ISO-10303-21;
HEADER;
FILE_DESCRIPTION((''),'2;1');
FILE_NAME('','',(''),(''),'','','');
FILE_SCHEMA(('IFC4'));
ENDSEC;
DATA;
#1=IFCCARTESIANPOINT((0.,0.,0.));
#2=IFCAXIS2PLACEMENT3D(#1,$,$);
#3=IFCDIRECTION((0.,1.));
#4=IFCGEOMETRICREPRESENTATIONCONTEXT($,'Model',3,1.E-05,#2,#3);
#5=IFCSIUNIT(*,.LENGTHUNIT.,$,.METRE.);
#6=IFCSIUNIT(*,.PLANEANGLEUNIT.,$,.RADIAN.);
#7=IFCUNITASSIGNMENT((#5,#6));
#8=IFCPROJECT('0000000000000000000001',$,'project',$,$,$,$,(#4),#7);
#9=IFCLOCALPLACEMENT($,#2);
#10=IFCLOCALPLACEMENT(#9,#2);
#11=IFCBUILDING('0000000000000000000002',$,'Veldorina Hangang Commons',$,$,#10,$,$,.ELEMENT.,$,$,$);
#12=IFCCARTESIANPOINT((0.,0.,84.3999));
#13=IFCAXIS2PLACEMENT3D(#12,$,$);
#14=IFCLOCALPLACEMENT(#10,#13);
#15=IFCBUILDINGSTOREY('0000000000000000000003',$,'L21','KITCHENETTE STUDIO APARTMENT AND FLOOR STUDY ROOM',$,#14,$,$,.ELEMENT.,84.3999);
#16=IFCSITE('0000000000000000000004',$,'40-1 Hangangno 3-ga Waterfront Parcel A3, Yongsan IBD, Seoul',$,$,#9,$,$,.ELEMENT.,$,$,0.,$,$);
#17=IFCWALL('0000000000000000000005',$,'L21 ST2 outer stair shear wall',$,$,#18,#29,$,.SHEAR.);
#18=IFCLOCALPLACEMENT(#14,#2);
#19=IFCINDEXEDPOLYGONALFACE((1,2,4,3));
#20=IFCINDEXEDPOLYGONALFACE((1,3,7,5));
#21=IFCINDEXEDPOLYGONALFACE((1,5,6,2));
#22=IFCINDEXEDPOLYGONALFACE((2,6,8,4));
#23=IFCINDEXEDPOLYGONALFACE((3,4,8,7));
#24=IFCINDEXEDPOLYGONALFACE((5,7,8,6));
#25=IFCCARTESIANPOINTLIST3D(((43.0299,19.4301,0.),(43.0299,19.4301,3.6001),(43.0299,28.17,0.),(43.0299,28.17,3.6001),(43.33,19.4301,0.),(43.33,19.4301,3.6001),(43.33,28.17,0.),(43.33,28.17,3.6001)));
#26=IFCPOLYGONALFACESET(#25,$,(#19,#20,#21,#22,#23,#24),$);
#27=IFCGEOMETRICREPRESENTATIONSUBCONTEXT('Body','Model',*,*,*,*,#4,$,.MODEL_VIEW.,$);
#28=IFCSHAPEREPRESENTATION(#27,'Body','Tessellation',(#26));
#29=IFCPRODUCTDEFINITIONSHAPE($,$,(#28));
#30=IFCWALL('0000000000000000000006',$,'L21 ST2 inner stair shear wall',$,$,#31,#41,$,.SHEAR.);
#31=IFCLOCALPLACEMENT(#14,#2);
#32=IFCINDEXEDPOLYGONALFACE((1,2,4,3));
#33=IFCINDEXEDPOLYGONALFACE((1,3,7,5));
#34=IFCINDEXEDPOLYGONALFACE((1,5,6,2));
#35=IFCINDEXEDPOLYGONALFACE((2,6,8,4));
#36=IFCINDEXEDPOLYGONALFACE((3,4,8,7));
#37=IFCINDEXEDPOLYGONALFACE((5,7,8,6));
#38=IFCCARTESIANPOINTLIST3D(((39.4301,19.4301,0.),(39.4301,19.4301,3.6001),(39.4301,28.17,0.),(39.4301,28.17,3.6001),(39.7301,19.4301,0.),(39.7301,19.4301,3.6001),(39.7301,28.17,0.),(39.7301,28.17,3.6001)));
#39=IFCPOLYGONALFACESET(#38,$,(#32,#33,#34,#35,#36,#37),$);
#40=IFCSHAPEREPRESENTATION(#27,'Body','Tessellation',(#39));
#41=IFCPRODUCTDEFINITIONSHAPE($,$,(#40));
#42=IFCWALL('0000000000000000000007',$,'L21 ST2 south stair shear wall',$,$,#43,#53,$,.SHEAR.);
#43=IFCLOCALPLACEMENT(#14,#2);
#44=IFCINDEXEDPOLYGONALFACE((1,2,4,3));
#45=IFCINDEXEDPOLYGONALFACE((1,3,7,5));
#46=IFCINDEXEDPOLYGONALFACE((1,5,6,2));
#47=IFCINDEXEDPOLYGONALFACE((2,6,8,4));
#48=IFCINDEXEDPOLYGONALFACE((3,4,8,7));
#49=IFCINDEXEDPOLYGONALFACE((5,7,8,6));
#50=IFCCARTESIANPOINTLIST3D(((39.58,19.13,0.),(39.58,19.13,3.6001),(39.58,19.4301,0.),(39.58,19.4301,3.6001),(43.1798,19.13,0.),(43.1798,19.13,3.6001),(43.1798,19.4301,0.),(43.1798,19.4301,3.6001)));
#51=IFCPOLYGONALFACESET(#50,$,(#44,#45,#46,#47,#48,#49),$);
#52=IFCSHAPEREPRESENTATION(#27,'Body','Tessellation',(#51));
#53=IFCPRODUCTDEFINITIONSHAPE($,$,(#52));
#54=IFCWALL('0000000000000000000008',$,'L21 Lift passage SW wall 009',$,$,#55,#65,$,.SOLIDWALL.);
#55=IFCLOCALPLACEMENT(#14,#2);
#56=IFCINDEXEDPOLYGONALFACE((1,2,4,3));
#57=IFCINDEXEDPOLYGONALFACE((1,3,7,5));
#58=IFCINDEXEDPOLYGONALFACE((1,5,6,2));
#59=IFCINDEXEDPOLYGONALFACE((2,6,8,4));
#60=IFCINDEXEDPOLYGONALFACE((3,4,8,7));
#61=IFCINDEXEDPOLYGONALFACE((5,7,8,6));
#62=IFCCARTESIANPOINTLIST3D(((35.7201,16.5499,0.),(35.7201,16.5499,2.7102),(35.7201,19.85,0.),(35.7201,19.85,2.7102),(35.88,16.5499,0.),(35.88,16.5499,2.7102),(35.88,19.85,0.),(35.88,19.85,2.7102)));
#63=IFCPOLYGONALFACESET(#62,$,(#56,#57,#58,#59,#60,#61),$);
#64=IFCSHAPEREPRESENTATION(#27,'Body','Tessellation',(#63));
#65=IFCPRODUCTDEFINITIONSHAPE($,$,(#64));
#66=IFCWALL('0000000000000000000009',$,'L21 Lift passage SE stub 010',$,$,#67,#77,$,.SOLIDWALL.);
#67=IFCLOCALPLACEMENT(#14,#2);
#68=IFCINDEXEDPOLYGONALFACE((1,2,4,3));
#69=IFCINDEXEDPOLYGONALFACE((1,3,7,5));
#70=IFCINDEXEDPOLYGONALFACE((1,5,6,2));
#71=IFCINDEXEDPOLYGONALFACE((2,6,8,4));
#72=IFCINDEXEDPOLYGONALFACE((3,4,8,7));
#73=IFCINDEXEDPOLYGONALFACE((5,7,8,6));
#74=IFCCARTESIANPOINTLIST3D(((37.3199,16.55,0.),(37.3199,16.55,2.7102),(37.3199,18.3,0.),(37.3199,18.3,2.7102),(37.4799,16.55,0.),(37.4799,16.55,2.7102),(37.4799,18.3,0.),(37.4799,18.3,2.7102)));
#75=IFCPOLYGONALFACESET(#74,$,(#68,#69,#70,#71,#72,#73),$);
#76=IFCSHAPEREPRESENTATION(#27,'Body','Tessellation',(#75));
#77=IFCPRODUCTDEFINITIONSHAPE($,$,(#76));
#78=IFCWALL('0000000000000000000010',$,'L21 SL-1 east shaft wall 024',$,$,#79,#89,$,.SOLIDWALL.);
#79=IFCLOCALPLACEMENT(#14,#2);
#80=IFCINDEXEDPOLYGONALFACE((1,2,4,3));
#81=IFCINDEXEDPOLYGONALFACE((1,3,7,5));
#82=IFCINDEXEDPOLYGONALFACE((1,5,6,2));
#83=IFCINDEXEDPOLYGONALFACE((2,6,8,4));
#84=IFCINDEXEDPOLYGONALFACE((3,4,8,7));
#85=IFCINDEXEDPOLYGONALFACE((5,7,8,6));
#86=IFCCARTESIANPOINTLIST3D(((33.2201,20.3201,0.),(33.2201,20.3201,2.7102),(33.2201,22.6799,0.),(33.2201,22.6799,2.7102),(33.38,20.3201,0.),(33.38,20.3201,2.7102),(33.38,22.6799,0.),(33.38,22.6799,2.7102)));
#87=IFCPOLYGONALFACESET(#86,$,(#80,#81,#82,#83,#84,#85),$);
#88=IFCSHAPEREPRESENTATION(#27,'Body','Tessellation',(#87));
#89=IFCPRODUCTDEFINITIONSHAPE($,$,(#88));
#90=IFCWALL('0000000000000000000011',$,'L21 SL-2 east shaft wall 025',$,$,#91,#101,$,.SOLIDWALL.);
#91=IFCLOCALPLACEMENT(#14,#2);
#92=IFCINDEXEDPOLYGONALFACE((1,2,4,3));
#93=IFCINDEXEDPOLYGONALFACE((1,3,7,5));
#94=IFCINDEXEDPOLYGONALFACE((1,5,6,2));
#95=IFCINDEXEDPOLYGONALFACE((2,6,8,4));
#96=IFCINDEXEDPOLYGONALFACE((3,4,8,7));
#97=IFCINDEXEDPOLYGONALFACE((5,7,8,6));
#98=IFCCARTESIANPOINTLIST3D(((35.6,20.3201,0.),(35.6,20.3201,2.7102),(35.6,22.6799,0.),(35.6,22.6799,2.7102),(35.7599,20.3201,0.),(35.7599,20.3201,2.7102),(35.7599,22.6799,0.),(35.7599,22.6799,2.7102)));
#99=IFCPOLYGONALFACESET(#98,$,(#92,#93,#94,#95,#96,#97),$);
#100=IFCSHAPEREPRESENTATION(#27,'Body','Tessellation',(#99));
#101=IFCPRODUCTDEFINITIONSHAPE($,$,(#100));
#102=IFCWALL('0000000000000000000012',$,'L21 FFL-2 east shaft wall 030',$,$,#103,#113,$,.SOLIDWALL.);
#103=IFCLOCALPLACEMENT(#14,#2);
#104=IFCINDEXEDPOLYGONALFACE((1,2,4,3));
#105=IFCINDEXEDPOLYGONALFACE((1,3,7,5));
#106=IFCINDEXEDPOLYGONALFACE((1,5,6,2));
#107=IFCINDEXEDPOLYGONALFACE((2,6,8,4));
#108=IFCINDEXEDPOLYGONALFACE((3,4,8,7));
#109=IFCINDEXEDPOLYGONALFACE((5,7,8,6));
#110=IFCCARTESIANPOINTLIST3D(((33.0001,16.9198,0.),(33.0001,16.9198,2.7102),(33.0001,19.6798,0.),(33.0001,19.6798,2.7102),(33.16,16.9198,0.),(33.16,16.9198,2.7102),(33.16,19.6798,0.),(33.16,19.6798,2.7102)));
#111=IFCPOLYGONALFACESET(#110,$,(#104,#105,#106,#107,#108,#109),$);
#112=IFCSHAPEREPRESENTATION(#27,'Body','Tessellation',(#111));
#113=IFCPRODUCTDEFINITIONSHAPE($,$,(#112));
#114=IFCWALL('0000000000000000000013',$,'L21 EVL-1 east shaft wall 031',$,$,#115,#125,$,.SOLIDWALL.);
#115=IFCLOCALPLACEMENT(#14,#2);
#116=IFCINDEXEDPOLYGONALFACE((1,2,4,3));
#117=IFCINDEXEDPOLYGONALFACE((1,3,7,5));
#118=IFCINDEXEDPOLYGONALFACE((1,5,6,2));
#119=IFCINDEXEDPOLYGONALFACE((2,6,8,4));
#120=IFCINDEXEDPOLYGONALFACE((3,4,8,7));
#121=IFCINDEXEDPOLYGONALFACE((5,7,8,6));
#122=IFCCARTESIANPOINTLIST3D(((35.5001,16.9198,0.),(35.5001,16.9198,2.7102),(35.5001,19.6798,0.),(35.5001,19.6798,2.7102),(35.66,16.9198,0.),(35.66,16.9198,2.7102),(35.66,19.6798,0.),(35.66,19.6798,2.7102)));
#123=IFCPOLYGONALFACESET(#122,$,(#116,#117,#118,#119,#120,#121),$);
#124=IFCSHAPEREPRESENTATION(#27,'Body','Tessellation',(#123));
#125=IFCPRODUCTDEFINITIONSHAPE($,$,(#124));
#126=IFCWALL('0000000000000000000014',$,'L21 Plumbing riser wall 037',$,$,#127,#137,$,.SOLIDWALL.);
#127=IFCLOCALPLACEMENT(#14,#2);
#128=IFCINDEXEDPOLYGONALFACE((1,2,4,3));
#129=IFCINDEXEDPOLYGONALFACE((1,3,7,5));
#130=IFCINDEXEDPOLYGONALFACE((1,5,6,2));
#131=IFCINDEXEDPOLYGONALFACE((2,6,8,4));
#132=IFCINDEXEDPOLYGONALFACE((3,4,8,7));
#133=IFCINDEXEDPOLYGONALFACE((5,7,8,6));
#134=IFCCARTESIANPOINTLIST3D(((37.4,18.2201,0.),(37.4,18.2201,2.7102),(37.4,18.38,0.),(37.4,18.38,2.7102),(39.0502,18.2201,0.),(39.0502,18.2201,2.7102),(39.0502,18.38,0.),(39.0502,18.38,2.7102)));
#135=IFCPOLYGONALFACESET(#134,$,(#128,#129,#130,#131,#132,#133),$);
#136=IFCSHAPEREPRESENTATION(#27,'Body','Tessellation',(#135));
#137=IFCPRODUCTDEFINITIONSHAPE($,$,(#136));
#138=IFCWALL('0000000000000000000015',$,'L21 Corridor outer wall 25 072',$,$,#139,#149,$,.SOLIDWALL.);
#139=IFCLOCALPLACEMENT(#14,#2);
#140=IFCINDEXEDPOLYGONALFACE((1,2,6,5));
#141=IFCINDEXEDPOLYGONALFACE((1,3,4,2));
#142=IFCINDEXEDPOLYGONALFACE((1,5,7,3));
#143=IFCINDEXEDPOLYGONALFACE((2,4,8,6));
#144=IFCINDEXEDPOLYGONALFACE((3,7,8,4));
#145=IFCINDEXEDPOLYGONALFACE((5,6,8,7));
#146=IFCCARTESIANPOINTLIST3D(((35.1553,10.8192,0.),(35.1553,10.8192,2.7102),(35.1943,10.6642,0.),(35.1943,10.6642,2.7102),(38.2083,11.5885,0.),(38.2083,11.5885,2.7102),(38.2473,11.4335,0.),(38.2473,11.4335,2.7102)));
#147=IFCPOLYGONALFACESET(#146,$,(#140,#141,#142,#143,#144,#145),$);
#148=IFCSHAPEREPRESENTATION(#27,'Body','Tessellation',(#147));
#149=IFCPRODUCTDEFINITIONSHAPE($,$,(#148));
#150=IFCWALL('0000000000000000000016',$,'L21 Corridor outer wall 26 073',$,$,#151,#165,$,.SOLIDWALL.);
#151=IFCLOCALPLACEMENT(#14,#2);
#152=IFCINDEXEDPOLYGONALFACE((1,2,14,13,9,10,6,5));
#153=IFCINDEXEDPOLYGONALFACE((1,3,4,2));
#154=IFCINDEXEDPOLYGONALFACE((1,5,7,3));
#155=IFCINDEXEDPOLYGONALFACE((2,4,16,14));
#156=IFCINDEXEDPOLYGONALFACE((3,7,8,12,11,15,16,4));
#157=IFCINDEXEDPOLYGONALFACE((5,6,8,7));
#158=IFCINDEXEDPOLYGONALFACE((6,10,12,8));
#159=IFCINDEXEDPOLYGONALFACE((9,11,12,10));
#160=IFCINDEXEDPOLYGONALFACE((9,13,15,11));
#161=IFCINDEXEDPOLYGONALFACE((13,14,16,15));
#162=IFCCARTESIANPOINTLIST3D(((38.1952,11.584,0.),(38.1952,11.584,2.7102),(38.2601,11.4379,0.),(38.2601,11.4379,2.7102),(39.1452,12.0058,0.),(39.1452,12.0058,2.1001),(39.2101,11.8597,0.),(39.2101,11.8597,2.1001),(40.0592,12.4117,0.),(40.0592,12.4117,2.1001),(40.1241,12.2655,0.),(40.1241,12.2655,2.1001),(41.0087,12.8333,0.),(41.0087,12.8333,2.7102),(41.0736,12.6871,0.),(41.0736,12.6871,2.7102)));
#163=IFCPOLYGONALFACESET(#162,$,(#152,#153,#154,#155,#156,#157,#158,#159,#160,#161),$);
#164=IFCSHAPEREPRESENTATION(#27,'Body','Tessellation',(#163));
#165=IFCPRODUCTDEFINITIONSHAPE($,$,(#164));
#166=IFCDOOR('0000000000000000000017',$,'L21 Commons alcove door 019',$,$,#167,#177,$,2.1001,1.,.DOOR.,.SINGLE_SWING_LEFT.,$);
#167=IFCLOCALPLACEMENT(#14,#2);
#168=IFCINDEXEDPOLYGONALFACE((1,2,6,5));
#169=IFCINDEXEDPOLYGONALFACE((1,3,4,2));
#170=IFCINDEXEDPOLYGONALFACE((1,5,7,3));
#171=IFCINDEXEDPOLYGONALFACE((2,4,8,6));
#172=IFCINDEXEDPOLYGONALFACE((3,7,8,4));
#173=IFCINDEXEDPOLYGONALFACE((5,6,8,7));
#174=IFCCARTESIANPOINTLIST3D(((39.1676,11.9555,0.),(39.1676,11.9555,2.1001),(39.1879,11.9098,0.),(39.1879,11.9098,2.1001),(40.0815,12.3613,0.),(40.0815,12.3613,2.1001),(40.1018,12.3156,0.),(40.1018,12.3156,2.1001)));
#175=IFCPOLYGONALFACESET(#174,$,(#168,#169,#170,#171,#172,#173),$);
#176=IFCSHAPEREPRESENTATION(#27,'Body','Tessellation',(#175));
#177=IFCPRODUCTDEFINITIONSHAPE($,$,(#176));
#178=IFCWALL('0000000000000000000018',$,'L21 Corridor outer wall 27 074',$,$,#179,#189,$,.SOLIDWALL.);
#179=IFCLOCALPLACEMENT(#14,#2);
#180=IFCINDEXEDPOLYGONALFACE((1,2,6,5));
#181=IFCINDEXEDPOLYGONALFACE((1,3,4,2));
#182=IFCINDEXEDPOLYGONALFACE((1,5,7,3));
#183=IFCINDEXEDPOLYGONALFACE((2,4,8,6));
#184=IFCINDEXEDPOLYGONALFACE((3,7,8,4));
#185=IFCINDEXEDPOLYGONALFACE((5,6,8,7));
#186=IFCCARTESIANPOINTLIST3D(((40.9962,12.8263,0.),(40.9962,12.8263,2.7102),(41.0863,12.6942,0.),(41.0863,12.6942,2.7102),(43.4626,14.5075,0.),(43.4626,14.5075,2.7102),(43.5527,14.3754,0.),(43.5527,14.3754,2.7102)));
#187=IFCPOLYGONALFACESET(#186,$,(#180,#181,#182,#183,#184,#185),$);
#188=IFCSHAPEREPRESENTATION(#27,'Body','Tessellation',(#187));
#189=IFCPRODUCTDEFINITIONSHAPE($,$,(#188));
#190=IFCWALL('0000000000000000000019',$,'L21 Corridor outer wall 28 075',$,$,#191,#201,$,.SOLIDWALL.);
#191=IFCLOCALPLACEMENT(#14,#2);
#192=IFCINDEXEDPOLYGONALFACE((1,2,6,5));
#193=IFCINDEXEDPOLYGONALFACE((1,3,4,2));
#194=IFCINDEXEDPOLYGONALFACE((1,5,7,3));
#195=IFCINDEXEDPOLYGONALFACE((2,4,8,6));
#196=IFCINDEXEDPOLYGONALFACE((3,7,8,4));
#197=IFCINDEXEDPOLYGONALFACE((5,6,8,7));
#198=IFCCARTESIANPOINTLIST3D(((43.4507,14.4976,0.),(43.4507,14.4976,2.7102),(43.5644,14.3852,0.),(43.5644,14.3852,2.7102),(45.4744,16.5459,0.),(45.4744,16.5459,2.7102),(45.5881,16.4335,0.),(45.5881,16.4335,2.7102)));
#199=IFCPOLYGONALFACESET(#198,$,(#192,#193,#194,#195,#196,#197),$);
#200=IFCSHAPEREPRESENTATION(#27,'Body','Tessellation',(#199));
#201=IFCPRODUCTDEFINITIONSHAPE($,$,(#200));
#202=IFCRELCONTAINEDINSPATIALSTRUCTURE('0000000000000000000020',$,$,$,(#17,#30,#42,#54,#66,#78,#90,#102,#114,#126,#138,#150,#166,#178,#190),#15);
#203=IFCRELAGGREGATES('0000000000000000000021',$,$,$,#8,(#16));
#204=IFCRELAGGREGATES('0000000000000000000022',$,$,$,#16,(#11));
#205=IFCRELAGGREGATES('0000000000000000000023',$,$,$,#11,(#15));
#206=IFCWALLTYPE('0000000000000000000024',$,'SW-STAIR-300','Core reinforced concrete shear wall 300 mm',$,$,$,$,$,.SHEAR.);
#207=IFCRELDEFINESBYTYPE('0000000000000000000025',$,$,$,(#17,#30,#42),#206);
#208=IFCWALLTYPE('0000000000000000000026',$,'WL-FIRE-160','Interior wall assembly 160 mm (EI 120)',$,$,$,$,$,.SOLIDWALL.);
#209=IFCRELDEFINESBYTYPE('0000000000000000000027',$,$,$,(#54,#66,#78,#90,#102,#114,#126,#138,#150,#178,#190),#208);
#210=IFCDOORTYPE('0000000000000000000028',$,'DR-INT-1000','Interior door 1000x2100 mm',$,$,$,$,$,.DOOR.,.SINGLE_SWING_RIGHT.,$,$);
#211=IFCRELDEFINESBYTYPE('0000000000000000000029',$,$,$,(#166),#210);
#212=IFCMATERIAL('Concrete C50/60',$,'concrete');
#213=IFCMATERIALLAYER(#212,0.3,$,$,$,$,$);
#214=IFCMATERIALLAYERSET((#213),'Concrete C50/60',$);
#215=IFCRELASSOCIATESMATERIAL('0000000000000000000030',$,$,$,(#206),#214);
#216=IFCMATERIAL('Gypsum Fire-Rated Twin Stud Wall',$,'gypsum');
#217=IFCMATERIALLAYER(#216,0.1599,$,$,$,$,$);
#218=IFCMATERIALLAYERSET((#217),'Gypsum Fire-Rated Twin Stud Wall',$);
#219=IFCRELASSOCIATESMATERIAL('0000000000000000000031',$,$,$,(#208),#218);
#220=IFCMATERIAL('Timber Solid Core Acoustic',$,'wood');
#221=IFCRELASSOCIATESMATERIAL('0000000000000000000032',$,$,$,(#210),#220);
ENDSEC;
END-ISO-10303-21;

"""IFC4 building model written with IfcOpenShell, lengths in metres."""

from ifc_helpers import new_model, si_unit, direction, frame, frame_2d, origin, place, context, subcontext, project, spatial, rectangle, extrude, material, layer, layer_set, type_object, element, fill, save


model = new_model("IFC4")

# Units and contexts
model_context = context("Model", 3, precision=1e-05, world=origin(), true_north=direction((0.0, 1.0)))
body_context = subcontext(model_context, "Body", "Model", "MODEL_VIEW")
ifc_project = project(units=[si_unit("LENGTHUNIT", "METRE"), si_unit("PLANEANGLEUNIT", "RADIAN")], contexts=[model_context])

# Site, building, storey
site_placement = place(None, origin())
site = spatial("IfcSite", under=ifc_project, at=site_placement, Name="40-1 Hangangno 3-ga Waterfront Parcel A3, Yongsan IBD, Seoul", CompositionType="ELEMENT", RefElevation=0.0)
building_placement = place(site_placement, origin())
building = spatial("IfcBuilding", under=site, at=building_placement, Name="Veldorina Hangang Commons", CompositionType="ELEMENT")
storey_placement = place(building_placement, frame((0.0, 0.0, 84.3999)))
storey = spatial("IfcBuildingStorey", under=building, at=storey_placement, Name="L21", Description="KITCHENETTE STUDIO APARTMENT AND FLOOR STUDY ROOM", CompositionType="ELEMENT", Elevation=84.3999)

# Walls
ifc_material_1 = material(Name="Concrete C50/60", Category="concrete")
ifc_layer_1 = layer(ifc_material_1, 0.3)
ifc_layer_set_1 = layer_set([ifc_layer_1], Name="Concrete C50/60")
wall_type_1 = type_object("IfcWallType", Name="SW-STAIR-300", Description="Core reinforced concrete shear wall 300 mm", PredefinedType="SHEAR", material=ifc_layer_set_1)
for number, where, z_axis, x_axis, name in (
    (1, (43.1799, 19.4299, 0.0), (0.0, 0.0, 1.0), (0.0, 1.0, 0.0), "L21 ST2 outer stair shear wall"),
    (2, (39.5801, 19.4299, 0.0), (0.0, 0.0, 1.0), (0.0, 1.0, 0.0), "L21 ST2 inner stair shear wall"),
):
    element("IfcWall", number, at=place(storey_placement, frame(where, z_axis=z_axis, x_axis=x_axis)), inside=storey, type_object=wall_type_1, Name=name, PredefinedType="SHEAR", context=body_context, shape_type="SweptSolid", body=[
        extrude(rectangle(XDim=8.74, YDim=0.3, at=frame_2d((4.3701, 0.0))), origin(), (0.0, 0.0, 1.0), 3.6001),
    ])
wall_1_placement = place(storey_placement, frame((39.5801, 19.28, 0.0), z_axis=(0.0, 0.0, 1.0), x_axis=(1.0, 0.0, 0.0)))
element("IfcWall", 3, at=wall_1_placement, inside=storey, type_object=wall_type_1, Name="L21 ST2 south stair shear wall", PredefinedType="SHEAR", context=body_context, shape_type="SweptSolid", body=[
    extrude(rectangle(XDim=3.5999, YDim=0.3, at=frame_2d((1.7998, 0.0))), origin(), (0.0, 0.0, 1.0), 3.6001),
])
ifc_material_2 = material(Name="Gypsum Fire-Rated Twin Stud Wall", Category="gypsum")
ifc_layer_2 = layer(ifc_material_2, 0.1599)
ifc_layer_set_2 = layer_set([ifc_layer_2], Name="Gypsum Fire-Rated Twin Stud Wall")
wall_type_2 = type_object("IfcWallType", Name="WL-FIRE-160", Description="Interior wall assembly 160 mm (EI 120)", PredefinedType="SOLIDWALL", material=ifc_layer_set_2)
wall_2_placement = place(storey_placement, frame((35.8, 16.55, 0.0), z_axis=(0.0, 0.0, 1.0), x_axis=(0.0, 1.0, 0.0)))
element("IfcWall", 4, at=wall_2_placement, inside=storey, type_object=wall_type_2, Name="L21 Lift passage SW wall 009", PredefinedType="SOLIDWALL", context=body_context, shape_type="SweptSolid", body=[
    extrude(rectangle(XDim=3.3, YDim=0.1599, at=frame_2d((1.6499, 0.0))), origin(), (0.0, 0.0, 1.0), 2.7102),
])
wall_3_placement = place(storey_placement, frame((37.3999, 16.55, 0.0), z_axis=(0.0, 0.0, 1.0), x_axis=(0.0, 1.0, 0.0)))
element("IfcWall", 5, at=wall_3_placement, inside=storey, type_object=wall_type_2, Name="L21 Lift passage SE stub 010", PredefinedType="SOLIDWALL", context=body_context, shape_type="SweptSolid", body=[
    extrude(rectangle(XDim=1.75, YDim=0.1599, at=frame_2d((0.875, 0.0))), origin(), (0.0, 0.0, 1.0), 2.7102),
])
for number, where, z_axis, x_axis, name in (
    (6, (33.3, 20.3201, 0.0), (0.0, 0.0, 1.0), (0.0, 1.0, 0.0), "L21 SL-1 east shaft wall 024"),
    (7, (35.6799, 20.3201, 0.0), (0.0, 0.0, 1.0), (0.0, 1.0, 0.0), "L21 SL-2 east shaft wall 025"),
):
    element("IfcWall", number, at=place(storey_placement, frame(where, z_axis=z_axis, x_axis=x_axis)), inside=storey, type_object=wall_type_2, Name=name, PredefinedType="SOLIDWALL", context=body_context, shape_type="SweptSolid", body=[
        extrude(rectangle(XDim=2.3599, YDim=0.1599, at=frame_2d((1.1799, 0.0))), origin(), (0.0, 0.0, 1.0), 2.7102),
    ])
for number, where, z_axis, x_axis, name in (
    (8, (33.0801, 16.9199, 0.0), (0.0, 0.0, 1.0), (0.0, 1.0, 0.0), "L21 FFL-2 east shaft wall 030"),
    (9, (35.5801, 16.9199, 0.0), (0.0, 0.0, 1.0), (0.0, 1.0, 0.0), "L21 EVL-1 east shaft wall 031"),
):
    element("IfcWall", number, at=place(storey_placement, frame(where, z_axis=z_axis, x_axis=x_axis)), inside=storey, type_object=wall_type_2, Name=name, PredefinedType="SOLIDWALL", context=body_context, shape_type="SweptSolid", body=[
        extrude(rectangle(XDim=2.76, YDim=0.1599, at=frame_2d((1.3799, 0.0))), origin(), (0.0, 0.0, 1.0), 2.7102),
    ])
wall_4_placement = place(storey_placement, frame((37.3999, 18.3, 0.0), z_axis=(0.0, 0.0, 1.0), x_axis=(1.0, 0.0, 0.0)))
element("IfcWall", 10, at=wall_4_placement, inside=storey, type_object=wall_type_2, Name="L21 Plumbing riser wall 037", PredefinedType="SOLIDWALL", context=body_context, shape_type="SweptSolid", body=[
    extrude(rectangle(XDim=1.6501, YDim=0.1599, at=frame_2d((0.8252, 0.0))), origin(), (0.0, 0.0, 1.0), 2.7102),
])
wall_5_placement = place(storey_placement, frame((35.1748, 10.7417, 0.0), z_axis=(0.0, 0.0, 1.0), x_axis=(0.969689, 0.244342, 0.0)))
element("IfcWall", 11, at=wall_5_placement, inside=storey, type_object=wall_type_2, Name="L21 Corridor outer wall 25 072", PredefinedType="SOLIDWALL", context=body_context, shape_type="SweptSolid", body=[
    extrude(rectangle(XDim=3.1484, YDim=0.1599, at=frame_2d((1.5742, 0.0))), origin(), (0.0, 0.0, 1.0), 2.7102),
])

# Wall, opening, door
wall_6_placement = place(storey_placement, frame((38.2278, 11.511, 0.0), z_axis=(0.0, 0.0, 1.0), x_axis=(0.913952, 0.405822, 0.0)))
wall_6 = element("IfcWall", 12, at=wall_6_placement, inside=storey, type_object=wall_type_2, Name="L21 Corridor outer wall 26 073", PredefinedType="SOLIDWALL", context=body_context, shape_type="SweptSolid", body=[
    extrude(rectangle(XDim=3.0784, YDim=0.1599, at=frame_2d((1.5391, 0.0))), origin(), (0.0, 0.0, 1.0), 2.7102),
])
opening_1_placement = place(wall_6_placement, frame((1.0393, 0.0, 0.0)))
opening_1 = element("IfcOpeningElement", 13, at=opening_1_placement, cuts=wall_6, PredefinedType="OPENING", context=body_context, shape_type="SweptSolid", body=[
    extrude(rectangle(XDim=1.0, YDim=2.1001, at=frame_2d((0.5, 1.05))), frame((0.0, 0.0898, 0.0), z_axis=(0.0, -1.0, 0.0), x_axis=(1.0, 0.0, 0.0)), (0.0, 0.0, 1.0), 0.1799),
])
ifc_material_3 = material(Name="Timber Solid Core Acoustic", Category="wood")
door_type_1 = type_object("IfcDoorType", Name="DR-INT-1000", Description="Interior door 1000x2100 mm", OperationType="SINGLE_SWING_RIGHT", PredefinedType="DOOR", material=ifc_material_3)
door_1_placement = place(opening_1_placement, origin())
door_1 = element("IfcDoor", 14, at=door_1_placement, inside=storey, type_object=door_type_1, Name="L21 Commons alcove door 019", OperationType="SINGLE_SWING_LEFT", OverallHeight=2.1001, OverallWidth=1.0, PredefinedType="DOOR", context=body_context, shape_type="SweptSolid", body=[
    extrude(rectangle(XDim=1.0, YDim=2.1001, at=frame_2d((0.5, 1.05))), frame((0.0, 0.0249, 0.0), z_axis=(0.0, -1.0, 0.0), x_axis=(1.0, 0.0, 0.0)), (0.0, 0.0, 1.0), 0.05),
])
fill(opening_1, door_1)

# Walls
wall_7_placement = place(storey_placement, frame((41.0413, 12.7603, 0.0), z_axis=(0.0, 0.0, 1.0), x_axis=(0.826293, 0.56324, 0.0)))
element("IfcWall", 15, at=wall_7_placement, inside=storey, type_object=wall_type_2, Name="L21 Corridor outer wall 27 074", PredefinedType="SOLIDWALL", context=body_context, shape_type="SweptSolid", body=[
    extrude(rectangle(XDim=2.9849, YDim=0.1599, at=frame_2d((1.4924, 0.0))), origin(), (0.0, 0.0, 1.0), 2.7102),
])
wall_8_placement = place(storey_placement, frame((43.5076, 14.4414, 0.0), z_axis=(0.0, 0.0, 1.0), x_axis=(0.702812, 0.711376, 0.0)))
element("IfcWall", 16, at=wall_8_placement, inside=storey, type_object=wall_type_2, Name="L21 Corridor outer wall 28 075", PredefinedType="SOLIDWALL", context=body_context, shape_type="SweptSolid", body=[
    extrude(rectangle(XDim=2.8794, YDim=0.1599, at=frame_2d((1.4397, 0.0))), origin(), (0.0, 0.0, 1.0), 2.7102),
])

save(model, "model.ifc")
